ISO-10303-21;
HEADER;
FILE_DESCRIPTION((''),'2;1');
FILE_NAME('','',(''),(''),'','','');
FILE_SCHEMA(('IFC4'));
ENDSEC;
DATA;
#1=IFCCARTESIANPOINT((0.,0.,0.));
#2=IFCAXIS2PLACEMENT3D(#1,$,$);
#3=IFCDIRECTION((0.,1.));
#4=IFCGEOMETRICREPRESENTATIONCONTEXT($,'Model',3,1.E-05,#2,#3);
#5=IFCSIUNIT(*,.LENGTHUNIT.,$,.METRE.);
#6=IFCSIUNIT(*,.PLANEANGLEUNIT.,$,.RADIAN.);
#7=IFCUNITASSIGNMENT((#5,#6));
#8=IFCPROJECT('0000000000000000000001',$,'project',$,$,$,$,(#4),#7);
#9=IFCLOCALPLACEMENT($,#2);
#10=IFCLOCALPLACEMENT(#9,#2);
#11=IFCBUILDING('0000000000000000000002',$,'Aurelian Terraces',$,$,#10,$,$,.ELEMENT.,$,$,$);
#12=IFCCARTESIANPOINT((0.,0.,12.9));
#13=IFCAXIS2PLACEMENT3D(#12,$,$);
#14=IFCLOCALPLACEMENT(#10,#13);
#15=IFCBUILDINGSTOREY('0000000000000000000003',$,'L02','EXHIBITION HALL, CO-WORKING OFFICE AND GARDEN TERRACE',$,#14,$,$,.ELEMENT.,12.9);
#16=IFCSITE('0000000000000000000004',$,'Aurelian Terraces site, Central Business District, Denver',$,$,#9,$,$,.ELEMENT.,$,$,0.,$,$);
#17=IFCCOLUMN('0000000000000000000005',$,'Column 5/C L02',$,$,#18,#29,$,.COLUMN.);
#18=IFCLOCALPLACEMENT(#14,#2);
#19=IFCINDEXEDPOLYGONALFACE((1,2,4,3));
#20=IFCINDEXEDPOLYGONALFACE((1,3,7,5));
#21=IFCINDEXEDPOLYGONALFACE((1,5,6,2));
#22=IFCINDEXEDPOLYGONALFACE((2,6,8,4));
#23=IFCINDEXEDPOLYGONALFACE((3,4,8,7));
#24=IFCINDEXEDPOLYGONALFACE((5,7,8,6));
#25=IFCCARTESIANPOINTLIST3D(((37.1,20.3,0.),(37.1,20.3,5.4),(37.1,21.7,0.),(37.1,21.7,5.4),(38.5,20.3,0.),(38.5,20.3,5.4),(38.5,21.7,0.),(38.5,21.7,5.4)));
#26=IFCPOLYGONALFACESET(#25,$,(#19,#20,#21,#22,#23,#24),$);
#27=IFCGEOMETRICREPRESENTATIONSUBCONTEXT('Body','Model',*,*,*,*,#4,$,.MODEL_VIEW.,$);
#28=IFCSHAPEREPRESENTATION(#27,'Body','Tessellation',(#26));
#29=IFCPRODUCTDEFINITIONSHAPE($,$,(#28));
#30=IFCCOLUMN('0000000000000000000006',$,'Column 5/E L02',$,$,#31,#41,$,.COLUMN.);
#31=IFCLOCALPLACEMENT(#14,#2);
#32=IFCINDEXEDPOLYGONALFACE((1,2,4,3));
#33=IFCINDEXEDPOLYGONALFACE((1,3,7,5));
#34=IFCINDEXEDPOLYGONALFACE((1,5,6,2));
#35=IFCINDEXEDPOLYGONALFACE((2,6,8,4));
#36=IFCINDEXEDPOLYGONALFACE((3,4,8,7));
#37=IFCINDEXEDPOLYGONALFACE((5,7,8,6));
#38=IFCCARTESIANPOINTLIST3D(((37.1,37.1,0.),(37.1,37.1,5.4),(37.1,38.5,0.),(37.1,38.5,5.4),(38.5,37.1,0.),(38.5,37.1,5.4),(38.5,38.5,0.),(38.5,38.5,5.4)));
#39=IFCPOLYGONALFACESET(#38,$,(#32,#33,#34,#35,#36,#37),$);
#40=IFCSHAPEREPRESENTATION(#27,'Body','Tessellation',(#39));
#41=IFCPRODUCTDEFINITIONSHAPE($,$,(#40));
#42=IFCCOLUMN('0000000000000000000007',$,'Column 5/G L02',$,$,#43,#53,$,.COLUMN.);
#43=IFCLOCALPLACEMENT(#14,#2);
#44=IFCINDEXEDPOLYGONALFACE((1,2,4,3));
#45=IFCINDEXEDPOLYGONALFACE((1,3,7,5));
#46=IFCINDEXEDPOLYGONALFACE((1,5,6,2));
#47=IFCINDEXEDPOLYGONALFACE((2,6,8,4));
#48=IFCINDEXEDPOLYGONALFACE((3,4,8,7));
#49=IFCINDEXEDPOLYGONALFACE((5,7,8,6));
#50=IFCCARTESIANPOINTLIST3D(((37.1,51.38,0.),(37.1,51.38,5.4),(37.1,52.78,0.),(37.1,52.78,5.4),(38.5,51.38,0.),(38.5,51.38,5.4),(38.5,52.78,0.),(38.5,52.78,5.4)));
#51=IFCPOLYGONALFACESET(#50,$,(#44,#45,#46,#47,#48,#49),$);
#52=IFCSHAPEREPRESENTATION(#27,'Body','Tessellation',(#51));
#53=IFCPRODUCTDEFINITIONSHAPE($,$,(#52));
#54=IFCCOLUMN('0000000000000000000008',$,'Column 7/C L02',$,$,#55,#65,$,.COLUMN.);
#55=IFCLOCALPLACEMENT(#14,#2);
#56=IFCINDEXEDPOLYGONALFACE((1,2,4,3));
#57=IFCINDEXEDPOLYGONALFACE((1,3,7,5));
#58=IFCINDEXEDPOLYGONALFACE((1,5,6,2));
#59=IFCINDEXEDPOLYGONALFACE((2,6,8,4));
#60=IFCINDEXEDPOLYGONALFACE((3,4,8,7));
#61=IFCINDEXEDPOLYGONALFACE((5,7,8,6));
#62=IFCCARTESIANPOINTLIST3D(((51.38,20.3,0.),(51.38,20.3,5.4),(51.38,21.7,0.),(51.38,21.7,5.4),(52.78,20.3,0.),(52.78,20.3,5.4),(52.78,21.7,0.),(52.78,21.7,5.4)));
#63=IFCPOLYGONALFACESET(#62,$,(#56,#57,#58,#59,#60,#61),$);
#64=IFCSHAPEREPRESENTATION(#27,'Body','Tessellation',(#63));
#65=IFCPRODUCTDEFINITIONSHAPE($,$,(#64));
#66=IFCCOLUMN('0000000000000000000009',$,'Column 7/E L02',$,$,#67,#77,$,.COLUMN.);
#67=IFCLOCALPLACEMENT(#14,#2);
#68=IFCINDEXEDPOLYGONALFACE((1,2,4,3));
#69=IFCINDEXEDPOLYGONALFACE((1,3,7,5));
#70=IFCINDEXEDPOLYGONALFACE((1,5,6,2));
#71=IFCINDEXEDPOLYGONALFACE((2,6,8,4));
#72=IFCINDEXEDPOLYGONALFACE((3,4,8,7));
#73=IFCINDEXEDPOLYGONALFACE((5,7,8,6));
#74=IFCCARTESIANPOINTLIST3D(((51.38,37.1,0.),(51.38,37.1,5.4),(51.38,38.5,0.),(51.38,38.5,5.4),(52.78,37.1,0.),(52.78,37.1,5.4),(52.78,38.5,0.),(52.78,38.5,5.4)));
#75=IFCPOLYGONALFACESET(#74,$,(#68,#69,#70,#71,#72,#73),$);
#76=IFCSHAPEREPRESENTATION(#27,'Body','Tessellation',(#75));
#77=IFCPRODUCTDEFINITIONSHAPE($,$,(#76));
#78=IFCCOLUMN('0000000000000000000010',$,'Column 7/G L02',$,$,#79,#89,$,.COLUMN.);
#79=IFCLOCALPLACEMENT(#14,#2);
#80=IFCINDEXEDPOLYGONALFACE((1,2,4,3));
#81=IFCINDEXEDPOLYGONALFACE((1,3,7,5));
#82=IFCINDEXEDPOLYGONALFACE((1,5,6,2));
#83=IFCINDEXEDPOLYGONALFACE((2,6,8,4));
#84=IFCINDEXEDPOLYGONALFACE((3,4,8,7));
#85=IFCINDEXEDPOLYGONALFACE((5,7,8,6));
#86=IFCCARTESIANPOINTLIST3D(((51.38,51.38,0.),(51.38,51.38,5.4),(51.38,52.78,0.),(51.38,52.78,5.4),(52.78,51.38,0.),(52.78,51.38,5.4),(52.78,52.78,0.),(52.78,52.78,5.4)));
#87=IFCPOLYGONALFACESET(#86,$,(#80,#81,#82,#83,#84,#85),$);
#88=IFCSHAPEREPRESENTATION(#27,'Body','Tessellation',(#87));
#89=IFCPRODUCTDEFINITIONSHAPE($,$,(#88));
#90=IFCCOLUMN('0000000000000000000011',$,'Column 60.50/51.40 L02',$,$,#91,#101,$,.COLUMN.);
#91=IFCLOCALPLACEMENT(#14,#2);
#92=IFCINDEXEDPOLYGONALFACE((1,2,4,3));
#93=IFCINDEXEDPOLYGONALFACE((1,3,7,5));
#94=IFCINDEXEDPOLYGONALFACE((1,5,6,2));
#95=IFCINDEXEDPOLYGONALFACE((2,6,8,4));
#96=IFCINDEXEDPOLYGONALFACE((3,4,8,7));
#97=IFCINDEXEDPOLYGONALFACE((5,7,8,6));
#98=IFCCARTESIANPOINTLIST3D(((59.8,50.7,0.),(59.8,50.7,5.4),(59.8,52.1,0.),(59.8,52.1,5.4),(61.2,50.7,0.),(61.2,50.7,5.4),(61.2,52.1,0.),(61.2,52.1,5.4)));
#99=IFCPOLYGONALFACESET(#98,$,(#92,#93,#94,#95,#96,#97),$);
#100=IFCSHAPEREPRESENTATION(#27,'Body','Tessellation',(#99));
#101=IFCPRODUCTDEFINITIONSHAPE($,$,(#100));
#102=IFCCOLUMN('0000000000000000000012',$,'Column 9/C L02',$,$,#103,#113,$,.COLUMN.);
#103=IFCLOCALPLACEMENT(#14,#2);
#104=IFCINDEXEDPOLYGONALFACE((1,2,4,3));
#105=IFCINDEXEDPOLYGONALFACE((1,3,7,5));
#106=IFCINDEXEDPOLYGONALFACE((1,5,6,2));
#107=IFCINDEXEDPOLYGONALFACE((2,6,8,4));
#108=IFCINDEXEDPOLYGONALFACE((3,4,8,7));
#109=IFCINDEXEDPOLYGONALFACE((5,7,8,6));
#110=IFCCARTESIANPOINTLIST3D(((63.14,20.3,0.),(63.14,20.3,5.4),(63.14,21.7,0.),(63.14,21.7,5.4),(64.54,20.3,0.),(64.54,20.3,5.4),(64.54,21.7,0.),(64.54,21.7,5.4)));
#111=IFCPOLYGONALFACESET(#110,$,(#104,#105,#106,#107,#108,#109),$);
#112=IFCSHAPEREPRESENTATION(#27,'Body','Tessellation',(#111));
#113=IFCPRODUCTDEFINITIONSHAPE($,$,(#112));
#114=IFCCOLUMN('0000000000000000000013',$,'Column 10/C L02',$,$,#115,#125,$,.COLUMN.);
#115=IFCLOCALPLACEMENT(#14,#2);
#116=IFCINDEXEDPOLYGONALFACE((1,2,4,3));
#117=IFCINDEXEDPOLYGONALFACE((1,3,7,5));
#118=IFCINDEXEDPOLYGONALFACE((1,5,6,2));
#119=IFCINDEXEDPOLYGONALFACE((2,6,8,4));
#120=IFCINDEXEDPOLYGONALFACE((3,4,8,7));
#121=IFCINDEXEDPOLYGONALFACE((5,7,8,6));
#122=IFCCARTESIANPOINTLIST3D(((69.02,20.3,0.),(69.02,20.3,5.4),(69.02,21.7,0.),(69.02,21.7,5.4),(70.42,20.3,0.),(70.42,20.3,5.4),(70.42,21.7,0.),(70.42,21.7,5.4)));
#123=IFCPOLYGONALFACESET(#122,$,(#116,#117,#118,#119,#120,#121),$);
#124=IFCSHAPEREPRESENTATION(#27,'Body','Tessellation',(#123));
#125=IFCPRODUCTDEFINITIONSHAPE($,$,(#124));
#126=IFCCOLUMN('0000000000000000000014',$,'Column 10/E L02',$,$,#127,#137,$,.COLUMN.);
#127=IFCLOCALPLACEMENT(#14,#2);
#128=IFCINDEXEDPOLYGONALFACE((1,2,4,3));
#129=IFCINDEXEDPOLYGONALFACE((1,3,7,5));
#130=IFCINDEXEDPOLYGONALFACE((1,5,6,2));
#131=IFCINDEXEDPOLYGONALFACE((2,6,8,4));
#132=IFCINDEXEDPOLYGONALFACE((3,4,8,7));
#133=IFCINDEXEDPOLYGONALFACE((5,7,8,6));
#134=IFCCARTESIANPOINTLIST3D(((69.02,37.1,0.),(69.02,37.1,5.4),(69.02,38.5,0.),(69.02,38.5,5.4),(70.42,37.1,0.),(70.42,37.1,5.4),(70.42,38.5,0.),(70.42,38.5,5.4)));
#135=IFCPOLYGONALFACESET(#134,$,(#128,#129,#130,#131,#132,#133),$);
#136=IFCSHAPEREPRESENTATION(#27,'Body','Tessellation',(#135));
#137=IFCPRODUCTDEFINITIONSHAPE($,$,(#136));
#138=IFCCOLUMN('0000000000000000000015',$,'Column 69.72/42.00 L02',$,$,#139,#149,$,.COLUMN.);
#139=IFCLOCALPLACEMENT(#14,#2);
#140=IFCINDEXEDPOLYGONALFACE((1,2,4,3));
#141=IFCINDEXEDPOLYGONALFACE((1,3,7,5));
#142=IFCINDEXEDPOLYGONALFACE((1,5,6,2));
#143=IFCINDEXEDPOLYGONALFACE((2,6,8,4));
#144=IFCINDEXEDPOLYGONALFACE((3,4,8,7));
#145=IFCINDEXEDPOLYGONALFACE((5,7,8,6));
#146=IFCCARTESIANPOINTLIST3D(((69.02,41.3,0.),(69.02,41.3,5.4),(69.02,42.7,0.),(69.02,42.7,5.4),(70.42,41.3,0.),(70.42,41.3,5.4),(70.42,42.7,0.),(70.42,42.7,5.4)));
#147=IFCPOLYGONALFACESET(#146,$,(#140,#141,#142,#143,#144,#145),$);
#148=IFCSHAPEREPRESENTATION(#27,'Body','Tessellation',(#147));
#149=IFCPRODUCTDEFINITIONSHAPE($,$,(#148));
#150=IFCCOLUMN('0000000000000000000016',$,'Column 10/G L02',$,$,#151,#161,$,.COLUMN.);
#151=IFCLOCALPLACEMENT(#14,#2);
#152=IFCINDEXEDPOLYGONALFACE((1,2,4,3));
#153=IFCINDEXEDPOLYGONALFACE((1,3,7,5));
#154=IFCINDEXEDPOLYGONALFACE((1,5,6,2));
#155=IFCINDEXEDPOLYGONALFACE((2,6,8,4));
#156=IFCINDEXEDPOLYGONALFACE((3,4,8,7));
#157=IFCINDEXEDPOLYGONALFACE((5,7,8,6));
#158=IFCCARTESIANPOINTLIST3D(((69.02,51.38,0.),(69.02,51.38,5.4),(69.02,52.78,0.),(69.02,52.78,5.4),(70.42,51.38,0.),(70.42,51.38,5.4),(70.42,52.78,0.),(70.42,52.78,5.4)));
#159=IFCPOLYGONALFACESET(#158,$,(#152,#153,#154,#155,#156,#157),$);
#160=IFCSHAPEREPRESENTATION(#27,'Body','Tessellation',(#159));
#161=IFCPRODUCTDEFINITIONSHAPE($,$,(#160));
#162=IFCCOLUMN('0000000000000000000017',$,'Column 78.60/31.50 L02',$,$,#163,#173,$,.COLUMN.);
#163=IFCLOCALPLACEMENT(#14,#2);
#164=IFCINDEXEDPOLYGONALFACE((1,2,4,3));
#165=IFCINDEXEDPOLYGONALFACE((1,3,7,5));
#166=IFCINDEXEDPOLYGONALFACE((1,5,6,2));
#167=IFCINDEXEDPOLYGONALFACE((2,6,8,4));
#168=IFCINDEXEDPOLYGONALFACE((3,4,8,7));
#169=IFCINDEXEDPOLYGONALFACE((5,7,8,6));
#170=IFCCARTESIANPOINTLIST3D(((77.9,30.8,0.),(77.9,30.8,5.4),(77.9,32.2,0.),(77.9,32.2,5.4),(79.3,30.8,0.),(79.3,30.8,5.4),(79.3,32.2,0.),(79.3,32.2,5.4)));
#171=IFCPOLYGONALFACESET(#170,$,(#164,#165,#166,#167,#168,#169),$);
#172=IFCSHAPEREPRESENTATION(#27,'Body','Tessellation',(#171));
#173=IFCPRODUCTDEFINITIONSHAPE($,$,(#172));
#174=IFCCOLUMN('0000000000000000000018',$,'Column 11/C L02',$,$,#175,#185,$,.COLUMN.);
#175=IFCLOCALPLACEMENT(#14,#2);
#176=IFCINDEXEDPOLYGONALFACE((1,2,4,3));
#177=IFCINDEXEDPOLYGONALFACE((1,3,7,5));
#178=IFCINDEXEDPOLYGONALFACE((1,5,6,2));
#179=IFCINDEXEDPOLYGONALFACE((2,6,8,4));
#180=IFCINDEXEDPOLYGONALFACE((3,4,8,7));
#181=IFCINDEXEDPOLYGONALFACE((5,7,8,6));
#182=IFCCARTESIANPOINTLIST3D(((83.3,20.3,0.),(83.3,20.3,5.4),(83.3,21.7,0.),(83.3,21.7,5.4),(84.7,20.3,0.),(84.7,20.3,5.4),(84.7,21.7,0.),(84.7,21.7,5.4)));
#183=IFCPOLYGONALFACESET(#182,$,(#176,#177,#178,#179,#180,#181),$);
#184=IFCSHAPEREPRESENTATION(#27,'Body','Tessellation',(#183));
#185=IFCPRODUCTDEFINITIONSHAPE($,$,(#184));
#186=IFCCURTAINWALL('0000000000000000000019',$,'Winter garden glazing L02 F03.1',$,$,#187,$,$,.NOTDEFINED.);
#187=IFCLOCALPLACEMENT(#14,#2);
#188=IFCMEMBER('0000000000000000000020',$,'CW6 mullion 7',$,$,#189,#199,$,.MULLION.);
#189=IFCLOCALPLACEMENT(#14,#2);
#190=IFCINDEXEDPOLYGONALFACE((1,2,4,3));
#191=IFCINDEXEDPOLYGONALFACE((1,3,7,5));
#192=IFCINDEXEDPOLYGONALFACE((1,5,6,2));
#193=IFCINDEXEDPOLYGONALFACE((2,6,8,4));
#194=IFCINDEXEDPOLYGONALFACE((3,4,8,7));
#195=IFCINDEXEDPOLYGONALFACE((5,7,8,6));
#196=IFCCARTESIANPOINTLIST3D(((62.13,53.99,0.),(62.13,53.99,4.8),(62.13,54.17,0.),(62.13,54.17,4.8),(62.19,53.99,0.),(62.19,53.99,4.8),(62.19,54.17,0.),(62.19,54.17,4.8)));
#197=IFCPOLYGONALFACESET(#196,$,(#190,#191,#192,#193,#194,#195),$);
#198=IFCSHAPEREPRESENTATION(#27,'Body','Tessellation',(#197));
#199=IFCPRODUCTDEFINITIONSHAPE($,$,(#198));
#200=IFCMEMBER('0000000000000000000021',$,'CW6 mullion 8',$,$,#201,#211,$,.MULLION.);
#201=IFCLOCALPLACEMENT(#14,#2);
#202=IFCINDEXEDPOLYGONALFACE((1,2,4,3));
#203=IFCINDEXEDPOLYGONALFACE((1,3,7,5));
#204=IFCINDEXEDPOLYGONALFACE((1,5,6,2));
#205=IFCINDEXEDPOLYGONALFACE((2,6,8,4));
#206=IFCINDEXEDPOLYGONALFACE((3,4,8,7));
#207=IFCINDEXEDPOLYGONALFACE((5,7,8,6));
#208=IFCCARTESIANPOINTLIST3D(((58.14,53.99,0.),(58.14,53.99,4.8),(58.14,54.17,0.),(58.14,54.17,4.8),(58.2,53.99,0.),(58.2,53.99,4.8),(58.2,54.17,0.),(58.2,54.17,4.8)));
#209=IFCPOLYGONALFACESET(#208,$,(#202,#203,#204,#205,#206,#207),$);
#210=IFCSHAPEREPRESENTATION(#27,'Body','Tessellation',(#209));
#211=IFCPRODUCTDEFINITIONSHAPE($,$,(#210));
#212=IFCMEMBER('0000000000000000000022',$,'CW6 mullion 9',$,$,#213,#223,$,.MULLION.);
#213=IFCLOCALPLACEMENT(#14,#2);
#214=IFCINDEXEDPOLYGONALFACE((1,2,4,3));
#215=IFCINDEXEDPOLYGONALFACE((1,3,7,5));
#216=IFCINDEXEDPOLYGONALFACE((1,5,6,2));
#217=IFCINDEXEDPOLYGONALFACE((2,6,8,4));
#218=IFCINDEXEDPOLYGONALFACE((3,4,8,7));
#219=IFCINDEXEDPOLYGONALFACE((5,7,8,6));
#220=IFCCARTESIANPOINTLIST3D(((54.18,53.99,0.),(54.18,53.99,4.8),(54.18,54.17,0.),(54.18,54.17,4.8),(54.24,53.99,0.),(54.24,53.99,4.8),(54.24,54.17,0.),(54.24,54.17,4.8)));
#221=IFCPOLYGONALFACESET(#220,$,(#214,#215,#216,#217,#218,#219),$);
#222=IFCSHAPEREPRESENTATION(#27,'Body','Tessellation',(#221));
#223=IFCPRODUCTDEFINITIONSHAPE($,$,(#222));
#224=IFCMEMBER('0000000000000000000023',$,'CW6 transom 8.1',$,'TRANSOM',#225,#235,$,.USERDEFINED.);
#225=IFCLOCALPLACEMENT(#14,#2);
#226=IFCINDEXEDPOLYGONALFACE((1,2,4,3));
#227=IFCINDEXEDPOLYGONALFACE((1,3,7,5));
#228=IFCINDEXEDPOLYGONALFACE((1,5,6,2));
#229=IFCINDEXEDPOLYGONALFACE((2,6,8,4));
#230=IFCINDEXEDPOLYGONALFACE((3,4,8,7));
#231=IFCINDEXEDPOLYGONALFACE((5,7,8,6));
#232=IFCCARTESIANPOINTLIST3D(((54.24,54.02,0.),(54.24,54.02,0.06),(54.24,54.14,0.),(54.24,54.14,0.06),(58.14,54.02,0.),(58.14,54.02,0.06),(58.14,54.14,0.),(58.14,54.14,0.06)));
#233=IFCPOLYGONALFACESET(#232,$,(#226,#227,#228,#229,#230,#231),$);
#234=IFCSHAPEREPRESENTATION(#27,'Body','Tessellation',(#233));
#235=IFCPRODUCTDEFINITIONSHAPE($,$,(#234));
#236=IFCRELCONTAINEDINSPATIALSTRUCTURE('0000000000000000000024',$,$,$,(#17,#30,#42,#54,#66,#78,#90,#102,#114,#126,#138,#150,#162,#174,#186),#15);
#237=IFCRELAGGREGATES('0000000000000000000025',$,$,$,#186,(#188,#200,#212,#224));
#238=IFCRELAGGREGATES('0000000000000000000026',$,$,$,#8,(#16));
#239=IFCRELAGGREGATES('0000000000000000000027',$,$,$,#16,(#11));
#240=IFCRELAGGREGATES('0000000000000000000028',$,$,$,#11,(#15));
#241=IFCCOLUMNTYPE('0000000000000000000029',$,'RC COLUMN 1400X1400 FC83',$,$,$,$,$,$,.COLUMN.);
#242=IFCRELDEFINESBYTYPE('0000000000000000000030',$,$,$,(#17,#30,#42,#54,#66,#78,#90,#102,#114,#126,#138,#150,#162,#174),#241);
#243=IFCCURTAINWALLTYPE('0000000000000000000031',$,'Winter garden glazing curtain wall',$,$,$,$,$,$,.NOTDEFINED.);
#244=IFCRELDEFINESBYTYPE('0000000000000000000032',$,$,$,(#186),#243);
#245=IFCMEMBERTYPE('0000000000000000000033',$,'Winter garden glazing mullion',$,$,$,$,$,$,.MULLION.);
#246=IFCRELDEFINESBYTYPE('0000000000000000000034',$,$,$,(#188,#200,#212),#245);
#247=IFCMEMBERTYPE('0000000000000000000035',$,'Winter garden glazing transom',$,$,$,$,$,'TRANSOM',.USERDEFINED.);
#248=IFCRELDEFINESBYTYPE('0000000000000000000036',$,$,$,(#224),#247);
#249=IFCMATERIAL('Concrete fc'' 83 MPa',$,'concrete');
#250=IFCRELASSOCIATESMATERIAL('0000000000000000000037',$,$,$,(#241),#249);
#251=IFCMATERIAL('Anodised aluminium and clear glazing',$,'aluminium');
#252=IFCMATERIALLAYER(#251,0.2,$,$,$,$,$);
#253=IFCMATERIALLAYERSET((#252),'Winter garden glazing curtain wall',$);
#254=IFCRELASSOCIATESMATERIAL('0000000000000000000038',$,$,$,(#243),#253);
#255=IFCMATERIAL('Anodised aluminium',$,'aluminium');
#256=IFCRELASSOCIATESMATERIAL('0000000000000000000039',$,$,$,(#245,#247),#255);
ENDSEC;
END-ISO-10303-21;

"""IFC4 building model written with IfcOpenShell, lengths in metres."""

from ifc_helpers import new_model, si_unit, direction, frame, origin, origin_2d, place, context, subcontext, project, spatial, rectangle, extrude, source, transform, mapped, material, layer, layer_set, material_profile, profile_set, type_object, element, aggregate, save


model = new_model("IFC4")

# Units and contexts
model_context = context("Model", 3, precision=1e-05, world=origin(), true_north=direction((0.0, 1.0)))
body_context = subcontext(model_context, "Body", "Model", "MODEL_VIEW")
ifc_project = project(units=[si_unit("LENGTHUNIT", "METRE"), si_unit("PLANEANGLEUNIT", "RADIAN")], contexts=[model_context])

# Site, building, storey
site_placement = place(None, origin())
site = spatial("IfcSite", under=ifc_project, at=site_placement, Name="Aurelian Terraces site, Central Business District, Denver", CompositionType="ELEMENT", RefElevation=0.0)
building_placement = place(site_placement, origin())
building = spatial("IfcBuilding", under=site, at=building_placement, Name="Aurelian Terraces", CompositionType="ELEMENT")
storey_placement = place(building_placement, frame((0.0, 0.0, 12.9)))
storey = spatial("IfcBuildingStorey", under=building, at=storey_placement, Name="L02", Description="EXHIBITION HALL, CO-WORKING OFFICE AND GARDEN TERRACE", CompositionType="ELEMENT", Elevation=12.9)

# Columns
ifc_material_1 = material(Name="Concrete fc' 83 MPa", Category="concrete")
ifc_material_profile_1 = material_profile(ifc_material_1, rectangle(XDim=1.4, YDim=1.4, at=origin_2d()))
ifc_profile_set_1 = profile_set([ifc_material_profile_1], Name="Concrete fc' 83 MPa")
column_type = type_object("IfcColumnType", Name="RC COLUMN 1400X1400 FC83", PredefinedType="COLUMN", material=ifc_profile_set_1)
shared_shape_1 = source(origin(), body_context, "Body", "SweptSolid", [
    extrude(rectangle(XDim=1.4, YDim=1.4, at=origin_2d()), origin(), (0.0, 0.0, 1.0), 5.4),
])
for number, where, z_axis, x_axis, name in (
    (1, (37.8, 21.0, 0.0), (0.0, 0.0, 1.0), (1.0, 0.0, 0.0), "Column 5/C L02"),
    (2, (37.8, 37.8, 0.0), (0.0, 0.0, 1.0), (1.0, 0.0, 0.0), "Column 5/E L02"),
    (3, (37.8, 52.08, 0.0), (0.0, 0.0, 1.0), (1.0, 0.0, 0.0), "Column 5/G L02"),
    (4, (52.08, 21.0, 0.0), (0.0, 0.0, 1.0), (1.0, 0.0, 0.0), "Column 7/C L02"),
    (5, (52.08, 37.8, 0.0), (0.0, 0.0, 1.0), (1.0, 0.0, 0.0), "Column 7/E L02"),
    (6, (52.08, 52.08, 0.0), (0.0, 0.0, 1.0), (1.0, 0.0, 0.0), "Column 7/G L02"),
    (7, (60.5, 51.4, 0.0), (0.0, 0.0, 1.0), (1.0, 0.0, 0.0), "Column 60.50/51.40 L02"),
    (8, (63.84, 21.0, 0.0), (0.0, 0.0, 1.0), (1.0, 0.0, 0.0), "Column 9/C L02"),
    (9, (69.72, 21.0, 0.0), (0.0, 0.0, 1.0), (1.0, 0.0, 0.0), "Column 10/C L02"),
    (10, (69.72, 37.8, 0.0), (0.0, 0.0, 1.0), (1.0, 0.0, 0.0), "Column 10/E L02"),
    (11, (69.72, 42.0, 0.0), (0.0, 0.0, 1.0), (1.0, 0.0, 0.0), "Column 69.72/42.00 L02"),
    (12, (69.72, 52.08, 0.0), (0.0, 0.0, 1.0), (1.0, 0.0, 0.0), "Column 10/G L02"),
    (13, (78.6, 31.5, 0.0), (0.0, 0.0, 1.0), (1.0, 0.0, 0.0), "Column 78.60/31.50 L02"),
    (14, (84.0, 21.0, 0.0), (0.0, 0.0, 1.0), (1.0, 0.0, 0.0), "Column 11/C L02"),
):
    element("IfcColumn", number, at=place(storey_placement, frame(where, z_axis=z_axis, x_axis=x_axis)), inside=storey, type_object=column_type, Name=name, PredefinedType="COLUMN", context=body_context, shape_type="MappedRepresentation", body=[
        mapped(shared_shape_1, transform((0.0, 0.0, 0.0), scale=1.0)),
    ])

# Curtain wall, members
ifc_material_2 = material(Name="Anodised aluminium and clear glazing", Category="aluminium")
ifc_layer_1 = layer(ifc_material_2, 0.2)
ifc_layer_set_1 = layer_set([ifc_layer_1], Name="Winter garden glazing curtain wall")
curtain_wall_type = type_object("IfcCurtainWallType", Name="Winter garden glazing curtain wall", PredefinedType="NOTDEFINED", material=ifc_layer_set_1)
curtain_wall_placement = place(storey_placement, origin())
curtain_wall = element("IfcCurtainWall", 15, at=curtain_wall_placement, inside=storey, type_object=curtain_wall_type, Name="Winter garden glazing L02 F03.1", PredefinedType="NOTDEFINED")
ifc_material_3 = material(Name="Anodised aluminium", Category="aluminium")
ifc_material_profile_2 = material_profile(ifc_material_3, rectangle(XDim=0.18, YDim=0.06, at=origin_2d()))
ifc_profile_set_2 = profile_set([ifc_material_profile_2], Name="Anodised aluminium")
member_type_1 = type_object("IfcMemberType", Name="Winter garden glazing mullion", PredefinedType="MULLION", material=ifc_profile_set_2)
shared_shape_2 = source(origin(), body_context, "Body", "SweptSolid", [
    extrude(rectangle(XDim=0.18, YDim=0.06, at=origin_2d()), origin(), (0.0, 0.0, 1.0), 4.8),
])
member_1_placement = place(storey_placement, frame((62.16, 54.08, 0.0), z_axis=(0.0, 0.0, 1.0), x_axis=(0.0, -1.0, 0.0)))
member_1 = element("IfcMember", 16, at=member_1_placement, type_object=member_type_1, Name="CW6 mullion 7", PredefinedType="MULLION", context=body_context, shape_type="MappedRepresentation", body=[
    mapped(shared_shape_2, transform((0.0, 0.0, 0.0), scale=1.0)),
])
member_2_placement = place(storey_placement, frame((58.17, 54.08, 0.0), z_axis=(0.0, 0.0, 1.0), x_axis=(0.0, -1.0, 0.0)))
member_2 = element("IfcMember", 17, at=member_2_placement, type_object=member_type_1, Name="CW6 mullion 8", PredefinedType="MULLION", context=body_context, shape_type="MappedRepresentation", body=[
    mapped(shared_shape_2, transform((0.0, 0.0, 0.0), scale=1.0)),
])
member_3_placement = place(storey_placement, frame((54.21, 54.08, 0.0), z_axis=(0.0, 0.0, 1.0), x_axis=(0.0, -1.0, 0.0)))
member_3 = element("IfcMember", 18, at=member_3_placement, type_object=member_type_1, Name="CW6 mullion 9", PredefinedType="MULLION", context=body_context, shape_type="MappedRepresentation", body=[
    mapped(shared_shape_2, transform((0.0, 0.0, 0.0), scale=1.0)),
])
ifc_material_profile_3 = material_profile(ifc_material_3, rectangle(XDim=0.12, YDim=0.06, at=origin_2d()))
ifc_profile_set_3 = profile_set([ifc_material_profile_3], Name="Anodised aluminium")
member_type_2 = type_object("IfcMemberType", Name="Winter garden glazing transom", ElementType="TRANSOM", PredefinedType="USERDEFINED", material=ifc_profile_set_3)
shared_shape_3 = source(origin(), body_context, "Body", "SweptSolid", [
    extrude(rectangle(XDim=0.12, YDim=0.06, at=origin_2d()), origin(), (0.0, 0.0, 1.0), 3.9),
])
member_4_placement = place(storey_placement, frame((58.14, 54.08, 0.03), z_axis=(-1.0, 0.0, 0.0), x_axis=(0.0, -1.0, 0.0)))
member_4 = element("IfcMember", 19, at=member_4_placement, type_object=member_type_2, Name="CW6 transom 8.1", ObjectType="TRANSOM", PredefinedType="USERDEFINED", context=body_context, shape_type="MappedRepresentation", body=[
    mapped(shared_shape_3, transform((0.0, 0.0, 0.0), scale=1.0)),
])
aggregate(curtain_wall, [member_1, member_2, member_3, member_4])

save(model, "model.ifc")
